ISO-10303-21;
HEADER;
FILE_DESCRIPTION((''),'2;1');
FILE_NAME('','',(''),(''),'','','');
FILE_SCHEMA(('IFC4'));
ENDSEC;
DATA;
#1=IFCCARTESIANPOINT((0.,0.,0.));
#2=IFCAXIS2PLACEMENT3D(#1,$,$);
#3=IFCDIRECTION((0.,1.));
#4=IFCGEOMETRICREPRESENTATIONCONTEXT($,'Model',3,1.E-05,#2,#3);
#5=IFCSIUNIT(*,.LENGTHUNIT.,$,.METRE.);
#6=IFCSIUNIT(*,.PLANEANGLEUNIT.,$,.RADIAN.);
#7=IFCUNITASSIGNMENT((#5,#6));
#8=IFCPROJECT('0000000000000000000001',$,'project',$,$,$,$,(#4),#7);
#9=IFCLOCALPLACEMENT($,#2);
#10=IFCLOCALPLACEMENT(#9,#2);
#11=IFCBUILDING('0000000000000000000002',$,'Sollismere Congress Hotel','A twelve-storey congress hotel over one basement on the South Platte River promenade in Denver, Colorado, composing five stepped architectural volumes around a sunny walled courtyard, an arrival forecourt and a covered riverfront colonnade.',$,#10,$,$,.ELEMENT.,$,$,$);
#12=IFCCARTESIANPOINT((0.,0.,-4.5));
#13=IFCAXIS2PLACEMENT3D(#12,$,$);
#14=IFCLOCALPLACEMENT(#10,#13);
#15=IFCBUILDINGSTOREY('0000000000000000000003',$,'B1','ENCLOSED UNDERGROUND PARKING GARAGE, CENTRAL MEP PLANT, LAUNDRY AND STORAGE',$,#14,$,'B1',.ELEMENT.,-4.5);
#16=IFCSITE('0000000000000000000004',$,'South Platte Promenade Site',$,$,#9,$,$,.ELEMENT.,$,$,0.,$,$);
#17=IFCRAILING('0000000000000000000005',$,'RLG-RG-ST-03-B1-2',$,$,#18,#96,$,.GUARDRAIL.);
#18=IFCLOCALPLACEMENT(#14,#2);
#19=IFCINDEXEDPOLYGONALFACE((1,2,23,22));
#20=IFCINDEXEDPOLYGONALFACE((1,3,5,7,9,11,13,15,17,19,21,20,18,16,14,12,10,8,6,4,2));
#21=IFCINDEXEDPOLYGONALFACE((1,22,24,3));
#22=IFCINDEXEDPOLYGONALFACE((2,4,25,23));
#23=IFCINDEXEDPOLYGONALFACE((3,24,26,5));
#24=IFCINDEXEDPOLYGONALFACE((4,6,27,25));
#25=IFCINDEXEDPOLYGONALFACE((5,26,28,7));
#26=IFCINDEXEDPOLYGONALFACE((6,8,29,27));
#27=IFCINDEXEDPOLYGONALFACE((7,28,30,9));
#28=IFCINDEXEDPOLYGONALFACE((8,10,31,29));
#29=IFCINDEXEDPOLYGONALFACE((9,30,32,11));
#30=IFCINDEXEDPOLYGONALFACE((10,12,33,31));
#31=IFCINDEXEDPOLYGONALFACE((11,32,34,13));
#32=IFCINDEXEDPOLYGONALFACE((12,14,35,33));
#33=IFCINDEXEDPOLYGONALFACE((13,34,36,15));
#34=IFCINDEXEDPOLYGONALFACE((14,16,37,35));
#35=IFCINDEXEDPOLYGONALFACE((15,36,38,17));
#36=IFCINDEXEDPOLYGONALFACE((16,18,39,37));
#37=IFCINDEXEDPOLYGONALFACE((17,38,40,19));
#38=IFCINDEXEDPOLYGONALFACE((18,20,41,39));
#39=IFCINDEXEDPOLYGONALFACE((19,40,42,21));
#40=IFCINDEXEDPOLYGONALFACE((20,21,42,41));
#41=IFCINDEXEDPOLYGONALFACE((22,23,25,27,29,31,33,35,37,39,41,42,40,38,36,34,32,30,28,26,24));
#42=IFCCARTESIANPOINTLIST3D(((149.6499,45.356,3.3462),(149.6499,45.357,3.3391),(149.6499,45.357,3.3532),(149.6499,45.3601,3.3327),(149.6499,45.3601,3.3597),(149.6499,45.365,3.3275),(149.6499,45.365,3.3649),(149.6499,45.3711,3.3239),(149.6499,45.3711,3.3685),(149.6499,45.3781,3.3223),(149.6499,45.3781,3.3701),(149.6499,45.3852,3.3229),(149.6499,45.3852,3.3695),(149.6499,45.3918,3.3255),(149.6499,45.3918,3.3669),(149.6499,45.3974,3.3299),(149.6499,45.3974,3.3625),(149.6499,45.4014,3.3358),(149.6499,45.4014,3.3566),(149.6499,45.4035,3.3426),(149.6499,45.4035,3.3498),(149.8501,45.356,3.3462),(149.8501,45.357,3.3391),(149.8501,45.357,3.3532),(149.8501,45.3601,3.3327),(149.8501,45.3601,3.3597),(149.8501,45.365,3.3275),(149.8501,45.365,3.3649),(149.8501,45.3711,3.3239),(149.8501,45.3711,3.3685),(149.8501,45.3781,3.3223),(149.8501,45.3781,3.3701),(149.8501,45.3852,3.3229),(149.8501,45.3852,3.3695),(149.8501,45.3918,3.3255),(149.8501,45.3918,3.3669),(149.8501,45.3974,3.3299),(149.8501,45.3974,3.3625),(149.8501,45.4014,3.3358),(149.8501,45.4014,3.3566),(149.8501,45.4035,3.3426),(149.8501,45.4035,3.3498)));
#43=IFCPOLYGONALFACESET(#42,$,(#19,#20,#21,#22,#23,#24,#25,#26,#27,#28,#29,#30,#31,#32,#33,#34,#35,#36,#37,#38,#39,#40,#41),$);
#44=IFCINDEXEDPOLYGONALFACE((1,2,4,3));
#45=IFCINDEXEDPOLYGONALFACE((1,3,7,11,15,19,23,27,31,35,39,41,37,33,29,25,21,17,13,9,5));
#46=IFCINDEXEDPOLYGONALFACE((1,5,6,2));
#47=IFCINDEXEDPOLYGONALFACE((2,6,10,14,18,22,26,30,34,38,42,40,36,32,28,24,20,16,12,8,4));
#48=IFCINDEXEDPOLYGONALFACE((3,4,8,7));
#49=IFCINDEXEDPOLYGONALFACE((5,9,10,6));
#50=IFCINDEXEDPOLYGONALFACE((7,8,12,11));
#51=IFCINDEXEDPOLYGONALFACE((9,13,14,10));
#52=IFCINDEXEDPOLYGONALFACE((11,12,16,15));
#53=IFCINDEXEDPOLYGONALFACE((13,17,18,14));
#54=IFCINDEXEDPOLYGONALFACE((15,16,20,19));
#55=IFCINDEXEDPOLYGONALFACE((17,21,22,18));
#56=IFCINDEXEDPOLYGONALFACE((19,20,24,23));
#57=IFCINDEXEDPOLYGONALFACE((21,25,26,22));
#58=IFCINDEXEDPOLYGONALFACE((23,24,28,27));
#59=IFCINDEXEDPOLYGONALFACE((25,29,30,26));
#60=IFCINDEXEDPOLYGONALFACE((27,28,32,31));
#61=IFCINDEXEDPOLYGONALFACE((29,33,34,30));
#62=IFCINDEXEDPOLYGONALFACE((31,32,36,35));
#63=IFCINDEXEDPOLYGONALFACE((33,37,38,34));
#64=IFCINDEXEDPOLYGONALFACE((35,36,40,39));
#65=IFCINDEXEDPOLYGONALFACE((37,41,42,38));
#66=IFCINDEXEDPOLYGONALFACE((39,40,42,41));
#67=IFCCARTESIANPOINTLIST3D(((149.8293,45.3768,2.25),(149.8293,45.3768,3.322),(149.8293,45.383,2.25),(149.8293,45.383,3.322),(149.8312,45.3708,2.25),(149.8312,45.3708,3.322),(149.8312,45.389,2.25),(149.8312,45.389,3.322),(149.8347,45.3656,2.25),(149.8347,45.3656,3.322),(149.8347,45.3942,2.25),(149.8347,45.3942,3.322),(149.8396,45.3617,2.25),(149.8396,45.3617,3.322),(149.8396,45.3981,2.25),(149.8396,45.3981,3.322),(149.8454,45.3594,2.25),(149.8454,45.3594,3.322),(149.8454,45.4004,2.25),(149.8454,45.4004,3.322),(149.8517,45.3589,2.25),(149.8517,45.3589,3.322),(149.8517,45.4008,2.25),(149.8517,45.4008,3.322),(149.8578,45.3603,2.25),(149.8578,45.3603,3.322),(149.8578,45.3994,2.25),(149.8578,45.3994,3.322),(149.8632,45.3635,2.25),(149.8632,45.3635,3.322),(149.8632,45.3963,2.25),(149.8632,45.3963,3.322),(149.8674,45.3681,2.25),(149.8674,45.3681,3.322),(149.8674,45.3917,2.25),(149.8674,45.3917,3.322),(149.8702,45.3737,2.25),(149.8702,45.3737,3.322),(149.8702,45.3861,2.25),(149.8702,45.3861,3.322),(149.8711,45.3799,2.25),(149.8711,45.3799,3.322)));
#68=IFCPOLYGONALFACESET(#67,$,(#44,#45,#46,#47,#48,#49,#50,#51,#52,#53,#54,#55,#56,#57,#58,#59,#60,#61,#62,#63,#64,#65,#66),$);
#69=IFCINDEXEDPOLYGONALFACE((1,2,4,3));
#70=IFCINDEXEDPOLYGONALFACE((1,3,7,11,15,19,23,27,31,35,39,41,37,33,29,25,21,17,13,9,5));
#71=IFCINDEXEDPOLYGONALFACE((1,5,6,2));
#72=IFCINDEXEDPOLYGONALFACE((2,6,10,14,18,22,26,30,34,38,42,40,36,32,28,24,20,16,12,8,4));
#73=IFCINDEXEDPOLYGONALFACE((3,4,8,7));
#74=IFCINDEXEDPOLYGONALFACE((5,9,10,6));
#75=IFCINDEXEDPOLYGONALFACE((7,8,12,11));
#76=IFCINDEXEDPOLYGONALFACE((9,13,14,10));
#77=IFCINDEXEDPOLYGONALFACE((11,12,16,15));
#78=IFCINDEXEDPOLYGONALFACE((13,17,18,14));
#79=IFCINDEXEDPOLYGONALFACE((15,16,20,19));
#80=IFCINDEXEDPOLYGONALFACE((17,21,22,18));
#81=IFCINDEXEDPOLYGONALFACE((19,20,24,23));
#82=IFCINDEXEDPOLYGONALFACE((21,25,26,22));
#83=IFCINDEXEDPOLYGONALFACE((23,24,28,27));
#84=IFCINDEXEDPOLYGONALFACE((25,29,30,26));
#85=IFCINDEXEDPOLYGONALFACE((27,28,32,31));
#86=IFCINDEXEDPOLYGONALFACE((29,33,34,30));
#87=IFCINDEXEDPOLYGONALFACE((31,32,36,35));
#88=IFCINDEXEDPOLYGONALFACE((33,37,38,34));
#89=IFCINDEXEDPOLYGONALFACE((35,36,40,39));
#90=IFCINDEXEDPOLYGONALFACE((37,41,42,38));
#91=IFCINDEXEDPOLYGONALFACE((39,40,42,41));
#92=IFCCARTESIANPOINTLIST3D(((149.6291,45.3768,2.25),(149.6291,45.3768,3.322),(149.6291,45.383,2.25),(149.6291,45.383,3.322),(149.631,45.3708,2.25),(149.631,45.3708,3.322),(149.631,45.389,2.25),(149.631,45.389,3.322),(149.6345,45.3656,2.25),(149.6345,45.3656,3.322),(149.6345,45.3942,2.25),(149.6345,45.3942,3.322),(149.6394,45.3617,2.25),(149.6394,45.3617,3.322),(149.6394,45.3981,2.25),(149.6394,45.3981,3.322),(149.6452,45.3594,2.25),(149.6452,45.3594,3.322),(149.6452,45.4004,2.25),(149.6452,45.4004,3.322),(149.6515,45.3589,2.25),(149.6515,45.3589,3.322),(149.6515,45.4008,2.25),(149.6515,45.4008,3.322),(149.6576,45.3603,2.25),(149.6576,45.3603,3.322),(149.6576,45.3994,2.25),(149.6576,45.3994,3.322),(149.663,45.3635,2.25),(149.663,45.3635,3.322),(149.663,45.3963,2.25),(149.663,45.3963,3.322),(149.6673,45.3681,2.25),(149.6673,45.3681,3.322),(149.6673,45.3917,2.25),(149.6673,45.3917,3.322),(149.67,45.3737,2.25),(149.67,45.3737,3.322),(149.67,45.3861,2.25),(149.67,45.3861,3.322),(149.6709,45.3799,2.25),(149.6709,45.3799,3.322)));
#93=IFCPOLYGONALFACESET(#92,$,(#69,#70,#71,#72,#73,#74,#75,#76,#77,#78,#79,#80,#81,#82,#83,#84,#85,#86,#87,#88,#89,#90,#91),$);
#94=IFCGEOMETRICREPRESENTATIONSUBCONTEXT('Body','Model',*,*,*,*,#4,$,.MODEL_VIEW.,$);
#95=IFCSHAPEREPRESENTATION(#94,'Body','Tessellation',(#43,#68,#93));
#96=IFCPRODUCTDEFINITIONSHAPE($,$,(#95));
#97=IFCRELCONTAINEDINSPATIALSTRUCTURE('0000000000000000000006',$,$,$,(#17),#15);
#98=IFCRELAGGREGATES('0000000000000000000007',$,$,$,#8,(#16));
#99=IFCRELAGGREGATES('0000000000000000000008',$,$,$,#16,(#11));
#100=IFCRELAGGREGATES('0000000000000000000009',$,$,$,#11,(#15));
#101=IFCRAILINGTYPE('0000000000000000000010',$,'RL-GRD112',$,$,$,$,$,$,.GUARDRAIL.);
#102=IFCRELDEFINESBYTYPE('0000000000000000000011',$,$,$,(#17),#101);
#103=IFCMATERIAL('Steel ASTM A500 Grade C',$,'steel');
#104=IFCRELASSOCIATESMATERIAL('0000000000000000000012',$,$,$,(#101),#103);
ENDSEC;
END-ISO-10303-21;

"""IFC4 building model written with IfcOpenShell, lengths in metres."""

from ifc_helpers import new_model, si_unit, direction, frame, origin, origin_2d, place, context, subcontext, project, spatial, circle, extrude, material, type_object, element, save


model = new_model("IFC4")

# Units and contexts
model_context = context("Model", 3, precision=1e-05, world=origin(), true_north=direction((0.0, 1.0)))
body_context = subcontext(model_context, "Body", "Model", "MODEL_VIEW")
ifc_project = project(units=[si_unit("LENGTHUNIT", "METRE"), si_unit("PLANEANGLEUNIT", "RADIAN")], contexts=[model_context])

# Site, building, storey
site_placement = place(None, origin())
site = spatial("IfcSite", under=ifc_project, at=site_placement, Name="South Platte Promenade Site", CompositionType="ELEMENT", RefElevation=0.0)
building_placement = place(site_placement, origin())
building = spatial("IfcBuilding", under=site, at=building_placement, Name="Sollismere Congress Hotel", Description="A twelve-storey congress hotel over one basement on the South Platte River promenade in Denver, Colorado, composing five stepped architectural volumes around a sunny walled courtyard, an arrival forecourt and a covered riverfront colonnade.", CompositionType="ELEMENT")
storey_placement = place(building_placement, frame((0.0, 0.0, -4.5)))
storey = spatial("IfcBuildingStorey", under=building, at=storey_placement, Name="B1", Description="ENCLOSED UNDERGROUND PARKING GARAGE, CENTRAL MEP PLANT, LAUNDRY AND STORAGE", LongName="B1", CompositionType="ELEMENT", Elevation=-4.5)

# Railing
ifc_material_1 = material(Name="Steel ASTM A500 Grade C", Category="steel")
railing_type_1 = type_object("IfcRailingType", Name="RL-GRD112", PredefinedType="GUARDRAIL", material=ifc_material_1)
railing_1_placement = place(storey_placement, frame((149.8501, 45.3799, 2.25)))
element("IfcRailing", 1, at=railing_1_placement, inside=storey, type_object=railing_type_1, Name="RLG-RG-ST-03-B1-2", PredefinedType="GUARDRAIL", context=body_context, shape_type="SweptSolid", body=[
    extrude(circle(Radius=0.0239, at=origin_2d()), frame((0.0, 0.0, 1.0962), z_axis=(-1.0, 0.0, 0.0), x_axis=(0.0, -1.0, 0.0)), (0.0, 0.0, 1.0), 0.2002),
    extrude(circle(Radius=0.021, at=origin_2d()), origin(), (0.0, 0.0, 1.0), 1.072),
    extrude(circle(Radius=0.021, at=origin_2d()), frame((-0.2002, 0.0, 0.0)), (0.0, 0.0, 1.0), 1.072),
])

save(model, "model.ifc")
